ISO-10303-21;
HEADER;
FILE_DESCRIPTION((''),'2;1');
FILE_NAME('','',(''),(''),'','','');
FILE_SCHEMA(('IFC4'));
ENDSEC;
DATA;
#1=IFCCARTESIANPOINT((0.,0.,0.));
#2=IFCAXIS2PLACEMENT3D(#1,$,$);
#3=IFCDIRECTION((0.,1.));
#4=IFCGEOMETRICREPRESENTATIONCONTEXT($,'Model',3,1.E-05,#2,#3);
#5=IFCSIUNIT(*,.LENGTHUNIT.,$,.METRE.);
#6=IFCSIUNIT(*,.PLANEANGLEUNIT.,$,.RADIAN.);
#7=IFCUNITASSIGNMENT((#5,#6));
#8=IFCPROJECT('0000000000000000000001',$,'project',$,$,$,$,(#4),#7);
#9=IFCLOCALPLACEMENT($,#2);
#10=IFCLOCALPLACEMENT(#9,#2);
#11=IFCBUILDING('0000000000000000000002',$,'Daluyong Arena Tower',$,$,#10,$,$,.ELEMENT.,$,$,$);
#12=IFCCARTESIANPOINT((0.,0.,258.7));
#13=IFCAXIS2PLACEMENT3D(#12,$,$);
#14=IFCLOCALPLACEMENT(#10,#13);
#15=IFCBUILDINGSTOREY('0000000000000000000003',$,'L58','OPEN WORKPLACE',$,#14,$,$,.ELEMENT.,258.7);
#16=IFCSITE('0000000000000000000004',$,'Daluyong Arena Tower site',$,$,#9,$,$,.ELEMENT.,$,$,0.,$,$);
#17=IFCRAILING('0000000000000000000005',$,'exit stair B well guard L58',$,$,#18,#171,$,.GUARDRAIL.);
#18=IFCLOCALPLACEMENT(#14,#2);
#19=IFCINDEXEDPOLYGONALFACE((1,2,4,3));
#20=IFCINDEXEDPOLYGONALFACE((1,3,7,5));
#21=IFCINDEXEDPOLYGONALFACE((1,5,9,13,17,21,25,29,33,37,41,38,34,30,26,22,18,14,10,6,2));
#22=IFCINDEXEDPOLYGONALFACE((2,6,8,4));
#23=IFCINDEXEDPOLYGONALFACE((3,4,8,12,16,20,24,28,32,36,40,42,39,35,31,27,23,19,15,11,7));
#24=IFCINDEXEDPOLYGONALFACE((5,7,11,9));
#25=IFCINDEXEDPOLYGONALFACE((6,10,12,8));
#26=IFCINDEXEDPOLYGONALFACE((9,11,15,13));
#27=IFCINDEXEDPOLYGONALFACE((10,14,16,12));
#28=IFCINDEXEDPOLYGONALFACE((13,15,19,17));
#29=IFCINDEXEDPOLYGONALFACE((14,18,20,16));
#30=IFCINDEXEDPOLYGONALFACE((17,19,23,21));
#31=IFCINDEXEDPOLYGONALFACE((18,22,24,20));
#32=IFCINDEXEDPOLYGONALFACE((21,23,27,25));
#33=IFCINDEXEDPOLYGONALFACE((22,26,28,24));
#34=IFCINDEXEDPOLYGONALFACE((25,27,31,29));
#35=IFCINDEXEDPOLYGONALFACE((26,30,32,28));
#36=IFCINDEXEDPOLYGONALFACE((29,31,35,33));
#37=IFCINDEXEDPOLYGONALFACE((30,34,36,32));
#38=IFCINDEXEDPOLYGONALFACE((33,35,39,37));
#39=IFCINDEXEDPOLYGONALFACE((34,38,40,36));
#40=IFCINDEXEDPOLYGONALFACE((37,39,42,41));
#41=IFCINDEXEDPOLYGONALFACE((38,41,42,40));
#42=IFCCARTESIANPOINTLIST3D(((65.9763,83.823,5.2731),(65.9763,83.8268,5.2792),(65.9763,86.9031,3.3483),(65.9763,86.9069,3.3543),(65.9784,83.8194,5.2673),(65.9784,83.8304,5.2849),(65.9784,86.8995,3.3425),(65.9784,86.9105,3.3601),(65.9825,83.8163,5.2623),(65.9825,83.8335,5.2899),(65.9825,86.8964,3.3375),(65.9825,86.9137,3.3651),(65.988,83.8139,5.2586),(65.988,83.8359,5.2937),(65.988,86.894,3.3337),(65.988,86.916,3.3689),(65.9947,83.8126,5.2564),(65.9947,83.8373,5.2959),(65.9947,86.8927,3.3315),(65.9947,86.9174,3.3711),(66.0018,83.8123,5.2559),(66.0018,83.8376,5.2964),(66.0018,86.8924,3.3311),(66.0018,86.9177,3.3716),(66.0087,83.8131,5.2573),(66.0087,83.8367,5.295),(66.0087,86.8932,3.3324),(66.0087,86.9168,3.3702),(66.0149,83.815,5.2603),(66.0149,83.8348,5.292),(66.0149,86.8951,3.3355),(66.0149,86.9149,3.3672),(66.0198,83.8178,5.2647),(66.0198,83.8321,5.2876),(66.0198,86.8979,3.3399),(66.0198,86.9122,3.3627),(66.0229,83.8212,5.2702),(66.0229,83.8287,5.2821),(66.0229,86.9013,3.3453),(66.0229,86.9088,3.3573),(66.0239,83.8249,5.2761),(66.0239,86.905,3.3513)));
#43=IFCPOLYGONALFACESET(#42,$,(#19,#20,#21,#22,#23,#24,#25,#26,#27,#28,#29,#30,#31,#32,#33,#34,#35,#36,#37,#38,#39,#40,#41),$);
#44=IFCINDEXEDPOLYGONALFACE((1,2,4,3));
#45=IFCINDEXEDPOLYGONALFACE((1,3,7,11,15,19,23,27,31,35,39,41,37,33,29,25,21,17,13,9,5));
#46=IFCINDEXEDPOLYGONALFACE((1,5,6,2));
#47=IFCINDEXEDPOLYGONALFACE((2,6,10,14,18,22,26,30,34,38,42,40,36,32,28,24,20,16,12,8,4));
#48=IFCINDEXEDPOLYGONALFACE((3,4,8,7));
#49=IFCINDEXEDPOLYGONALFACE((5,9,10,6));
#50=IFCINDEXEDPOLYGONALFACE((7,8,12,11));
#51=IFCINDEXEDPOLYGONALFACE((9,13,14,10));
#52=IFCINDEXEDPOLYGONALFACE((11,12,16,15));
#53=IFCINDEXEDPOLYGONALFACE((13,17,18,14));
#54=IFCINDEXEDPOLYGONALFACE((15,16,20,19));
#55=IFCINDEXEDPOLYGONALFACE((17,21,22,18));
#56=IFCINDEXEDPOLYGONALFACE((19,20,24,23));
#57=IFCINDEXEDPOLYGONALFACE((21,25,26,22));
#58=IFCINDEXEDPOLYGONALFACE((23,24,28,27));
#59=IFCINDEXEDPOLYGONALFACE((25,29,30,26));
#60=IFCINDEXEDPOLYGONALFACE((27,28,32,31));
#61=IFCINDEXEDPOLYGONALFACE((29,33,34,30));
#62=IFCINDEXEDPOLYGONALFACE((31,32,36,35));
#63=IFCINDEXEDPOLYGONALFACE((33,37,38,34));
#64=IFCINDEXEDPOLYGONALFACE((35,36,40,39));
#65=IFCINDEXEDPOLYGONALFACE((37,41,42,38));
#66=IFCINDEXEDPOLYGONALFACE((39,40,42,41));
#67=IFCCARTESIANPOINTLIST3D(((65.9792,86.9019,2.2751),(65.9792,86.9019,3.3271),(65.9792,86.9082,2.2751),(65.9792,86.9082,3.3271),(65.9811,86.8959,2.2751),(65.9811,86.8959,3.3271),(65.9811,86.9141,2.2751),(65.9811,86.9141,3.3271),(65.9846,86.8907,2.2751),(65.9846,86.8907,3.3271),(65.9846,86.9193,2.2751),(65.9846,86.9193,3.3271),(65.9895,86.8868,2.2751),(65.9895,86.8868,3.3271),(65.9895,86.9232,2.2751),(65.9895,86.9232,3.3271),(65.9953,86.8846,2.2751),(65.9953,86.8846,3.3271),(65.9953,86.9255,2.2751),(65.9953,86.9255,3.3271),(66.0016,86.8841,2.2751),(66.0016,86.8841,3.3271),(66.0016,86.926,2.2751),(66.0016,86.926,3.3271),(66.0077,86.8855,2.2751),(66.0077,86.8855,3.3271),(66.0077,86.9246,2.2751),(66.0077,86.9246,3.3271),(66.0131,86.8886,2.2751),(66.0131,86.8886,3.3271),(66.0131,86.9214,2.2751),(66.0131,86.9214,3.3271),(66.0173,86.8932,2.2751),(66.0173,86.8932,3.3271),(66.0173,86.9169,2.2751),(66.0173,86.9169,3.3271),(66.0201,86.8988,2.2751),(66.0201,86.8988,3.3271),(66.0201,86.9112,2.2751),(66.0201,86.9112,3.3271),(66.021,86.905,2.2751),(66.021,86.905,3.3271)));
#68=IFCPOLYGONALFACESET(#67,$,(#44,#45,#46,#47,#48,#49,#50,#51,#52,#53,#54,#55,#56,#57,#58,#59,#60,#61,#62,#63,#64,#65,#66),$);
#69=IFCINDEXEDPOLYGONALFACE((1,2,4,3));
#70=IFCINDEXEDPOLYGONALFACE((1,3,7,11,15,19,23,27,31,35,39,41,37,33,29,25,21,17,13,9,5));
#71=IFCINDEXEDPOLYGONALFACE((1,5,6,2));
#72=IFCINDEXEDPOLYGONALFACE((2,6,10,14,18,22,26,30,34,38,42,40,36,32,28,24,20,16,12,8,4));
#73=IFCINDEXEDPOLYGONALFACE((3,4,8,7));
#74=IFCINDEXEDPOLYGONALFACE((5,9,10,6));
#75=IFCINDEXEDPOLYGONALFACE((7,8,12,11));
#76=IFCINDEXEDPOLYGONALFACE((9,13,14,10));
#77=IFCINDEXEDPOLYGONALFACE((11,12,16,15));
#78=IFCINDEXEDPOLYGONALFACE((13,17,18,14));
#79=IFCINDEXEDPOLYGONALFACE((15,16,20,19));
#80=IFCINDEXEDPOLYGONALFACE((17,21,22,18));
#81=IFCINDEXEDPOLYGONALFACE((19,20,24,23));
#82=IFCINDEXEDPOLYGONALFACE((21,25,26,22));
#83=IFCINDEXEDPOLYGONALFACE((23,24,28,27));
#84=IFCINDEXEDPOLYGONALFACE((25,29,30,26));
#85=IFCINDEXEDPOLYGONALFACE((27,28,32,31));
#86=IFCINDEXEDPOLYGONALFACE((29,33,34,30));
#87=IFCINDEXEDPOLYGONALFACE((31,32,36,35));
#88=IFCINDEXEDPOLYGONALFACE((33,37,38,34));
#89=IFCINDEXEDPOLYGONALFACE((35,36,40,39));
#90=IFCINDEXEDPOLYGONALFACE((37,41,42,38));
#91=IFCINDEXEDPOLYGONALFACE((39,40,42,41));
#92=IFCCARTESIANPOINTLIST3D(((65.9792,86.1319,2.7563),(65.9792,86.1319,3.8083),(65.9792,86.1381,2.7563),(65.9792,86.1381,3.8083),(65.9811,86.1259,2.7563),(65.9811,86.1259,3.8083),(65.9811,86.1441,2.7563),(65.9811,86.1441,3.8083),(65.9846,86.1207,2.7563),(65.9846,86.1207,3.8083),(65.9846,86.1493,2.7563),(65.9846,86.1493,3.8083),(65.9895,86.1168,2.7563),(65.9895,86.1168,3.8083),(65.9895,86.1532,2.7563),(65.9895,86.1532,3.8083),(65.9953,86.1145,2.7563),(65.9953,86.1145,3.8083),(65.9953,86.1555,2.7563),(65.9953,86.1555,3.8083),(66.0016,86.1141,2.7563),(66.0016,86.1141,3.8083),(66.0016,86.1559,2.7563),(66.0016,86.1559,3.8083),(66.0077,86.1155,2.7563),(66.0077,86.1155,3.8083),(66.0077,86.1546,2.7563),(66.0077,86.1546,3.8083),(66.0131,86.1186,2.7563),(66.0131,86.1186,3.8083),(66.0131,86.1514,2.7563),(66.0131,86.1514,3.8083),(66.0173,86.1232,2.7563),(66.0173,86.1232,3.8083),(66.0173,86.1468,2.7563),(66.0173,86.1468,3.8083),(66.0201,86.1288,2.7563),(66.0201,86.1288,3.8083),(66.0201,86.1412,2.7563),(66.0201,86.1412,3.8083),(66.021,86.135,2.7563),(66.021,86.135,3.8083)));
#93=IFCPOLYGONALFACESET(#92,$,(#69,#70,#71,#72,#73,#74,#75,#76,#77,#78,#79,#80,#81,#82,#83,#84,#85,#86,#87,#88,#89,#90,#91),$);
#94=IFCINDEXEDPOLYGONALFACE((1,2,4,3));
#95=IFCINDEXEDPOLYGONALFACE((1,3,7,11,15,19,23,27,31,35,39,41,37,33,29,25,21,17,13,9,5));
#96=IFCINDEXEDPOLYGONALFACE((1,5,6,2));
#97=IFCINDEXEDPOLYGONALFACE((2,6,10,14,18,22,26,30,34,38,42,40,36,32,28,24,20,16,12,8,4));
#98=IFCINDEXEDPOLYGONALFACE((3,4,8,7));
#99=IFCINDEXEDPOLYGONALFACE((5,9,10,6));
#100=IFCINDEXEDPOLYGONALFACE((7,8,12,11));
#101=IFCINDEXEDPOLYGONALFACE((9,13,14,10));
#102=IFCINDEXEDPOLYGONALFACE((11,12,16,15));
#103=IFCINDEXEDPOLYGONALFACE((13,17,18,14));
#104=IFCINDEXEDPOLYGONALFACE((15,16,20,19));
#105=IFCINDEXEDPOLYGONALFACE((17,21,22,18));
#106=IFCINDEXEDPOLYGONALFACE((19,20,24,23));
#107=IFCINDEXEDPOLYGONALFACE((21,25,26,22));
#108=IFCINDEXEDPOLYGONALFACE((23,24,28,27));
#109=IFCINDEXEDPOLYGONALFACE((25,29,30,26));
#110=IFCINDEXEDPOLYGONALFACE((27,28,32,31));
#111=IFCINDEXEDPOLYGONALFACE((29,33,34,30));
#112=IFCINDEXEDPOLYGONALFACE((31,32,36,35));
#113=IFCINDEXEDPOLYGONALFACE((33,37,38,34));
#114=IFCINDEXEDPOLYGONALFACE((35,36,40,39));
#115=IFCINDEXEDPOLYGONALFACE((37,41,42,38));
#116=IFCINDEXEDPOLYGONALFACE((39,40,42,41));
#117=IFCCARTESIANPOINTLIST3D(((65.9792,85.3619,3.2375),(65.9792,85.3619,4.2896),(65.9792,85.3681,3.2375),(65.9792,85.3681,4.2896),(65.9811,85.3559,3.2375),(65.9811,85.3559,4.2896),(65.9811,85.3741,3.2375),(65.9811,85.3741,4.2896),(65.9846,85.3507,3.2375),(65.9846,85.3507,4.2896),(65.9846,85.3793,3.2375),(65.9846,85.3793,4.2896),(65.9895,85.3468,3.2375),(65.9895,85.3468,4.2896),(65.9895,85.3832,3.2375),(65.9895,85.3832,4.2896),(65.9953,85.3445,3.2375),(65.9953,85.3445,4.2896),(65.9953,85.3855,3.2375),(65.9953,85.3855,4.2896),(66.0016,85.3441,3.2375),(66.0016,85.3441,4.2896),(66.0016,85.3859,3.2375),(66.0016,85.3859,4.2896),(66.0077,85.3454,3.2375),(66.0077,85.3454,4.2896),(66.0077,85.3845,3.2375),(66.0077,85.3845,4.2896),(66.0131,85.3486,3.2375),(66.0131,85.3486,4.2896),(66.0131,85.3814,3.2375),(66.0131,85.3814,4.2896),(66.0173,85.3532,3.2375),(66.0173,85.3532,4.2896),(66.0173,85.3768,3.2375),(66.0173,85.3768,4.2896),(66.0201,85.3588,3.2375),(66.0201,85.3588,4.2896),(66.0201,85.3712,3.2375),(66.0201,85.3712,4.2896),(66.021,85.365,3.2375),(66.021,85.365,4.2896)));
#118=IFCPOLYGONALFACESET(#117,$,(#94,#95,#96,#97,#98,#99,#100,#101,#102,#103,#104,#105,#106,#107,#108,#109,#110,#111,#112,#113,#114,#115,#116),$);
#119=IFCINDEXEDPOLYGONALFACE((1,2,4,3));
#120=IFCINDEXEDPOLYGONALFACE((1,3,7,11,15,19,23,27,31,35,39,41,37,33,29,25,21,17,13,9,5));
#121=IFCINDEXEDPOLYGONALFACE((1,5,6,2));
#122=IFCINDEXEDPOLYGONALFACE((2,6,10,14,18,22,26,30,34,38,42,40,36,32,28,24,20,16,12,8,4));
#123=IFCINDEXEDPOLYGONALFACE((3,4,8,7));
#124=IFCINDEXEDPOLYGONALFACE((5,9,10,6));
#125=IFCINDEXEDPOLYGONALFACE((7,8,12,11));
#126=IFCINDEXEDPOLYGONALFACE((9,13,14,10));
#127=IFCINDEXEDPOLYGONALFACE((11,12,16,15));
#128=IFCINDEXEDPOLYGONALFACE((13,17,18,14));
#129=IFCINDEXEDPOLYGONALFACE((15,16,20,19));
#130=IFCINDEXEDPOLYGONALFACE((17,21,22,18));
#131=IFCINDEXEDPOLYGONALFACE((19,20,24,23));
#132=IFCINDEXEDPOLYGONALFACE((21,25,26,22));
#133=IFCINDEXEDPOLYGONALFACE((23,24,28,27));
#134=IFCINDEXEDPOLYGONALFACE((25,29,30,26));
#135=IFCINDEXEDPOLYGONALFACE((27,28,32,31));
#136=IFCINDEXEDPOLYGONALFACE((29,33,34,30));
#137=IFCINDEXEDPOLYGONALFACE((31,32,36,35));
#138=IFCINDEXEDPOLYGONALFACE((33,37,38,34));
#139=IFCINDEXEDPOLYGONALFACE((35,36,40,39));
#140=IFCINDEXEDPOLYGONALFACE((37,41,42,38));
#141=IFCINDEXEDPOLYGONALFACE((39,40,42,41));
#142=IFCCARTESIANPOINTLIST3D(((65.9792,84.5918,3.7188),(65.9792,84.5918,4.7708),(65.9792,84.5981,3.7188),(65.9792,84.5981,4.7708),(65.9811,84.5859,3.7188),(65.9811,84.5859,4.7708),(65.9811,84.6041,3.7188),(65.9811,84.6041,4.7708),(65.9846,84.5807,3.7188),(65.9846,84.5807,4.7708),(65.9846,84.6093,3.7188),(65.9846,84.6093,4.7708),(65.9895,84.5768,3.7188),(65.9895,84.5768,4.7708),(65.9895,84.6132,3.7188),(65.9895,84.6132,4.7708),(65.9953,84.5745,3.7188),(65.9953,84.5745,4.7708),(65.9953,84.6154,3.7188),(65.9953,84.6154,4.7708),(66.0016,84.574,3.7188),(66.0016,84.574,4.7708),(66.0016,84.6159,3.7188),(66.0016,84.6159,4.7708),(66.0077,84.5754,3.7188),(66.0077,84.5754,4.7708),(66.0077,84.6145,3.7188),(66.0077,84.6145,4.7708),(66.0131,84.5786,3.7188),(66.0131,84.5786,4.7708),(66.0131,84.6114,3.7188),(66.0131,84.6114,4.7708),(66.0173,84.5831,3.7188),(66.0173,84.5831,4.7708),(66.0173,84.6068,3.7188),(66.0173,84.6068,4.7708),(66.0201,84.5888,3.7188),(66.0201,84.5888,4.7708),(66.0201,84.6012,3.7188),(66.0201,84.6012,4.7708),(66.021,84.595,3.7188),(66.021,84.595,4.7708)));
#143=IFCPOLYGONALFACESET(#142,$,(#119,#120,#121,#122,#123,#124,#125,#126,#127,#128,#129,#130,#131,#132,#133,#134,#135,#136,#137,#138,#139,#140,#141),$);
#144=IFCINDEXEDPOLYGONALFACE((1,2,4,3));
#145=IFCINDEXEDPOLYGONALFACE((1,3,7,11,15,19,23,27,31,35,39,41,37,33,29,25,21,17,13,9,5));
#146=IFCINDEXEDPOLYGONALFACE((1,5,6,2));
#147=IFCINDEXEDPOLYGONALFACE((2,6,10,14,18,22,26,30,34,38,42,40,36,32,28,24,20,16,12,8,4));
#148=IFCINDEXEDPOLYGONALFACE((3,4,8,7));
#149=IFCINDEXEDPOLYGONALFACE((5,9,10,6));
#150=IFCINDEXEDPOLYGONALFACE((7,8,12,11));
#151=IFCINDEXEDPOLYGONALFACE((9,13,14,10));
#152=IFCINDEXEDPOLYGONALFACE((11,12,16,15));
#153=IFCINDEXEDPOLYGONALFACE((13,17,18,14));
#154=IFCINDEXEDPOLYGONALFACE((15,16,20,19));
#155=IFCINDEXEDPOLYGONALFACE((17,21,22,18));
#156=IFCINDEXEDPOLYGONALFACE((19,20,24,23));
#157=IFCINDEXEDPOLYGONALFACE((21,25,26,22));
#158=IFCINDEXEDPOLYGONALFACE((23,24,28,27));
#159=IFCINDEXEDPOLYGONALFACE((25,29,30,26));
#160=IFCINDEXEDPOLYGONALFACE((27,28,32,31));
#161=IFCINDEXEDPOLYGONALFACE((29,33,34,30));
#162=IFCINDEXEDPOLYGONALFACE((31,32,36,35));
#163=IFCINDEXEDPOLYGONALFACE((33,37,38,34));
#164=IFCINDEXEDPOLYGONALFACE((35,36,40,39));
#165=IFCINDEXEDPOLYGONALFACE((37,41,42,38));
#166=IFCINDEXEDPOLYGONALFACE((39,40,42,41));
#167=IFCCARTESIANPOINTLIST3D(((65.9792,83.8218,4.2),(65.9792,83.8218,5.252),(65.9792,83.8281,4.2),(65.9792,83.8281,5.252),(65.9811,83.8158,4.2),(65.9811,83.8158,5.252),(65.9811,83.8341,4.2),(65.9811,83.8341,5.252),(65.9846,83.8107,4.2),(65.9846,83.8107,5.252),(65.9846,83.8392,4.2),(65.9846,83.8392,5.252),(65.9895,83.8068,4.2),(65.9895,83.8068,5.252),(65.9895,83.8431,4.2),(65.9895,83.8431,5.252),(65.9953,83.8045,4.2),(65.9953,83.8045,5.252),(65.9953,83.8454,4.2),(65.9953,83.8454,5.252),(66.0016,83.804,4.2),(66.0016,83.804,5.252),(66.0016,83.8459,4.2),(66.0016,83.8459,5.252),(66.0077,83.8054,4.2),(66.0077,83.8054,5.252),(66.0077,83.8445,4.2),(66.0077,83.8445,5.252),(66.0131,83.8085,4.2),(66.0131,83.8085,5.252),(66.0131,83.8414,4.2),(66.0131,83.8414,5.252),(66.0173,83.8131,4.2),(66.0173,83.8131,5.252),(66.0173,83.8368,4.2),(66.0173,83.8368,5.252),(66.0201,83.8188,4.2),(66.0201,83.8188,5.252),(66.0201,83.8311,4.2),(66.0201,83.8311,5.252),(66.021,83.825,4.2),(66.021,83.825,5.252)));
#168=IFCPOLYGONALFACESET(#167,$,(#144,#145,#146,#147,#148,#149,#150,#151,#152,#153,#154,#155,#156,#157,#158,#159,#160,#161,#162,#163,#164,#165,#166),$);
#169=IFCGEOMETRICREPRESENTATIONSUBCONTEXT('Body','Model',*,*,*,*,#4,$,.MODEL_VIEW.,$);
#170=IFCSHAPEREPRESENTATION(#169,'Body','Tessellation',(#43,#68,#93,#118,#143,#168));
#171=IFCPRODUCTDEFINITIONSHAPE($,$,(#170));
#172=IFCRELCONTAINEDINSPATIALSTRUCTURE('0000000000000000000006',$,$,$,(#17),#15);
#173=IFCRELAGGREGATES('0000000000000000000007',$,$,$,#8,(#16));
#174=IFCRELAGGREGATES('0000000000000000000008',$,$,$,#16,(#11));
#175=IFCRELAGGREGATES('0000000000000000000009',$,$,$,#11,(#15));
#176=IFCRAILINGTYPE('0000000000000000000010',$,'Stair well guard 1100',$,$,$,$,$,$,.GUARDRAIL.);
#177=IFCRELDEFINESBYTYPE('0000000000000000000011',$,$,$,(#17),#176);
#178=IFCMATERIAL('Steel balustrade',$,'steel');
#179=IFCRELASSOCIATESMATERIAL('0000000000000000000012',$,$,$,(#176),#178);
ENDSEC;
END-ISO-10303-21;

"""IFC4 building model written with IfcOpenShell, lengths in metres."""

from ifc_helpers import new_model, si_unit, direction, frame, origin, origin_2d, place, context, subcontext, project, spatial, circle, extrude, material, type_object, element, save


model = new_model("IFC4")

# Units and contexts
model_context = context("Model", 3, precision=1e-05, world=origin(), true_north=direction((0.0, 1.0)))
body_context = subcontext(model_context, "Body", "Model", "MODEL_VIEW")
ifc_project = project(units=[si_unit("LENGTHUNIT", "METRE"), si_unit("PLANEANGLEUNIT", "RADIAN")], contexts=[model_context])

# Site, building, storey
site_placement = place(None, origin())
site = spatial("IfcSite", under=ifc_project, at=site_placement, Name="Daluyong Arena Tower site", CompositionType="ELEMENT", RefElevation=0.0)
building_placement = place(site_placement, origin())
building = spatial("IfcBuilding", under=site, at=building_placement, Name="Daluyong Arena Tower", CompositionType="ELEMENT")
storey_placement = place(building_placement, frame((0.0, 0.0, 258.7)))
storey = spatial("IfcBuildingStorey", under=building, at=storey_placement, Name="L58", Description="OPEN WORKPLACE", CompositionType="ELEMENT", Elevation=258.7)

# Railing
ifc_material_1 = material(Name="Steel balustrade", Category="steel")
railing_type_1 = type_object("IfcRailingType", Name="Stair well guard 1100", PredefinedType="GUARDRAIL", material=ifc_material_1)
railing_1_placement = place(storey_placement, frame((66.0, 86.905, 2.2751)))
element("IfcRailing", 1, at=railing_1_placement, inside=storey, type_object=railing_type_1, Name="exit stair B well guard L58", PredefinedType="GUARDRAIL", context=body_context, shape_type="SweptSolid", body=[
    extrude(circle(Radius=0.0239, at=origin_2d()), frame((0.0, 0.0, 1.0762), z_axis=(0.0, -0.848029, 0.529951), x_axis=(1.0, 0.0, 0.0)), (0.0, 0.0, 1.0), 3.6321),
    extrude(circle(Radius=0.021, at=origin_2d()), origin(), (0.0, 0.0, 1.0), 1.052),
    extrude(circle(Radius=0.021, at=origin_2d()), frame((0.0, -0.77, 0.4812)), (0.0, 0.0, 1.0), 1.052),
    extrude(circle(Radius=0.021, at=origin_2d()), frame((0.0, -1.54, 0.9624)), (0.0, 0.0, 1.0), 1.052),
    extrude(circle(Radius=0.021, at=origin_2d()), frame((0.0, -2.3101, 1.4436)), (0.0, 0.0, 1.0), 1.052),
    extrude(circle(Radius=0.021, at=origin_2d()), frame((0.0, -3.0801, 1.9248)), (0.0, 0.0, 1.0), 1.052),
])

save(model, "model.ifc")
